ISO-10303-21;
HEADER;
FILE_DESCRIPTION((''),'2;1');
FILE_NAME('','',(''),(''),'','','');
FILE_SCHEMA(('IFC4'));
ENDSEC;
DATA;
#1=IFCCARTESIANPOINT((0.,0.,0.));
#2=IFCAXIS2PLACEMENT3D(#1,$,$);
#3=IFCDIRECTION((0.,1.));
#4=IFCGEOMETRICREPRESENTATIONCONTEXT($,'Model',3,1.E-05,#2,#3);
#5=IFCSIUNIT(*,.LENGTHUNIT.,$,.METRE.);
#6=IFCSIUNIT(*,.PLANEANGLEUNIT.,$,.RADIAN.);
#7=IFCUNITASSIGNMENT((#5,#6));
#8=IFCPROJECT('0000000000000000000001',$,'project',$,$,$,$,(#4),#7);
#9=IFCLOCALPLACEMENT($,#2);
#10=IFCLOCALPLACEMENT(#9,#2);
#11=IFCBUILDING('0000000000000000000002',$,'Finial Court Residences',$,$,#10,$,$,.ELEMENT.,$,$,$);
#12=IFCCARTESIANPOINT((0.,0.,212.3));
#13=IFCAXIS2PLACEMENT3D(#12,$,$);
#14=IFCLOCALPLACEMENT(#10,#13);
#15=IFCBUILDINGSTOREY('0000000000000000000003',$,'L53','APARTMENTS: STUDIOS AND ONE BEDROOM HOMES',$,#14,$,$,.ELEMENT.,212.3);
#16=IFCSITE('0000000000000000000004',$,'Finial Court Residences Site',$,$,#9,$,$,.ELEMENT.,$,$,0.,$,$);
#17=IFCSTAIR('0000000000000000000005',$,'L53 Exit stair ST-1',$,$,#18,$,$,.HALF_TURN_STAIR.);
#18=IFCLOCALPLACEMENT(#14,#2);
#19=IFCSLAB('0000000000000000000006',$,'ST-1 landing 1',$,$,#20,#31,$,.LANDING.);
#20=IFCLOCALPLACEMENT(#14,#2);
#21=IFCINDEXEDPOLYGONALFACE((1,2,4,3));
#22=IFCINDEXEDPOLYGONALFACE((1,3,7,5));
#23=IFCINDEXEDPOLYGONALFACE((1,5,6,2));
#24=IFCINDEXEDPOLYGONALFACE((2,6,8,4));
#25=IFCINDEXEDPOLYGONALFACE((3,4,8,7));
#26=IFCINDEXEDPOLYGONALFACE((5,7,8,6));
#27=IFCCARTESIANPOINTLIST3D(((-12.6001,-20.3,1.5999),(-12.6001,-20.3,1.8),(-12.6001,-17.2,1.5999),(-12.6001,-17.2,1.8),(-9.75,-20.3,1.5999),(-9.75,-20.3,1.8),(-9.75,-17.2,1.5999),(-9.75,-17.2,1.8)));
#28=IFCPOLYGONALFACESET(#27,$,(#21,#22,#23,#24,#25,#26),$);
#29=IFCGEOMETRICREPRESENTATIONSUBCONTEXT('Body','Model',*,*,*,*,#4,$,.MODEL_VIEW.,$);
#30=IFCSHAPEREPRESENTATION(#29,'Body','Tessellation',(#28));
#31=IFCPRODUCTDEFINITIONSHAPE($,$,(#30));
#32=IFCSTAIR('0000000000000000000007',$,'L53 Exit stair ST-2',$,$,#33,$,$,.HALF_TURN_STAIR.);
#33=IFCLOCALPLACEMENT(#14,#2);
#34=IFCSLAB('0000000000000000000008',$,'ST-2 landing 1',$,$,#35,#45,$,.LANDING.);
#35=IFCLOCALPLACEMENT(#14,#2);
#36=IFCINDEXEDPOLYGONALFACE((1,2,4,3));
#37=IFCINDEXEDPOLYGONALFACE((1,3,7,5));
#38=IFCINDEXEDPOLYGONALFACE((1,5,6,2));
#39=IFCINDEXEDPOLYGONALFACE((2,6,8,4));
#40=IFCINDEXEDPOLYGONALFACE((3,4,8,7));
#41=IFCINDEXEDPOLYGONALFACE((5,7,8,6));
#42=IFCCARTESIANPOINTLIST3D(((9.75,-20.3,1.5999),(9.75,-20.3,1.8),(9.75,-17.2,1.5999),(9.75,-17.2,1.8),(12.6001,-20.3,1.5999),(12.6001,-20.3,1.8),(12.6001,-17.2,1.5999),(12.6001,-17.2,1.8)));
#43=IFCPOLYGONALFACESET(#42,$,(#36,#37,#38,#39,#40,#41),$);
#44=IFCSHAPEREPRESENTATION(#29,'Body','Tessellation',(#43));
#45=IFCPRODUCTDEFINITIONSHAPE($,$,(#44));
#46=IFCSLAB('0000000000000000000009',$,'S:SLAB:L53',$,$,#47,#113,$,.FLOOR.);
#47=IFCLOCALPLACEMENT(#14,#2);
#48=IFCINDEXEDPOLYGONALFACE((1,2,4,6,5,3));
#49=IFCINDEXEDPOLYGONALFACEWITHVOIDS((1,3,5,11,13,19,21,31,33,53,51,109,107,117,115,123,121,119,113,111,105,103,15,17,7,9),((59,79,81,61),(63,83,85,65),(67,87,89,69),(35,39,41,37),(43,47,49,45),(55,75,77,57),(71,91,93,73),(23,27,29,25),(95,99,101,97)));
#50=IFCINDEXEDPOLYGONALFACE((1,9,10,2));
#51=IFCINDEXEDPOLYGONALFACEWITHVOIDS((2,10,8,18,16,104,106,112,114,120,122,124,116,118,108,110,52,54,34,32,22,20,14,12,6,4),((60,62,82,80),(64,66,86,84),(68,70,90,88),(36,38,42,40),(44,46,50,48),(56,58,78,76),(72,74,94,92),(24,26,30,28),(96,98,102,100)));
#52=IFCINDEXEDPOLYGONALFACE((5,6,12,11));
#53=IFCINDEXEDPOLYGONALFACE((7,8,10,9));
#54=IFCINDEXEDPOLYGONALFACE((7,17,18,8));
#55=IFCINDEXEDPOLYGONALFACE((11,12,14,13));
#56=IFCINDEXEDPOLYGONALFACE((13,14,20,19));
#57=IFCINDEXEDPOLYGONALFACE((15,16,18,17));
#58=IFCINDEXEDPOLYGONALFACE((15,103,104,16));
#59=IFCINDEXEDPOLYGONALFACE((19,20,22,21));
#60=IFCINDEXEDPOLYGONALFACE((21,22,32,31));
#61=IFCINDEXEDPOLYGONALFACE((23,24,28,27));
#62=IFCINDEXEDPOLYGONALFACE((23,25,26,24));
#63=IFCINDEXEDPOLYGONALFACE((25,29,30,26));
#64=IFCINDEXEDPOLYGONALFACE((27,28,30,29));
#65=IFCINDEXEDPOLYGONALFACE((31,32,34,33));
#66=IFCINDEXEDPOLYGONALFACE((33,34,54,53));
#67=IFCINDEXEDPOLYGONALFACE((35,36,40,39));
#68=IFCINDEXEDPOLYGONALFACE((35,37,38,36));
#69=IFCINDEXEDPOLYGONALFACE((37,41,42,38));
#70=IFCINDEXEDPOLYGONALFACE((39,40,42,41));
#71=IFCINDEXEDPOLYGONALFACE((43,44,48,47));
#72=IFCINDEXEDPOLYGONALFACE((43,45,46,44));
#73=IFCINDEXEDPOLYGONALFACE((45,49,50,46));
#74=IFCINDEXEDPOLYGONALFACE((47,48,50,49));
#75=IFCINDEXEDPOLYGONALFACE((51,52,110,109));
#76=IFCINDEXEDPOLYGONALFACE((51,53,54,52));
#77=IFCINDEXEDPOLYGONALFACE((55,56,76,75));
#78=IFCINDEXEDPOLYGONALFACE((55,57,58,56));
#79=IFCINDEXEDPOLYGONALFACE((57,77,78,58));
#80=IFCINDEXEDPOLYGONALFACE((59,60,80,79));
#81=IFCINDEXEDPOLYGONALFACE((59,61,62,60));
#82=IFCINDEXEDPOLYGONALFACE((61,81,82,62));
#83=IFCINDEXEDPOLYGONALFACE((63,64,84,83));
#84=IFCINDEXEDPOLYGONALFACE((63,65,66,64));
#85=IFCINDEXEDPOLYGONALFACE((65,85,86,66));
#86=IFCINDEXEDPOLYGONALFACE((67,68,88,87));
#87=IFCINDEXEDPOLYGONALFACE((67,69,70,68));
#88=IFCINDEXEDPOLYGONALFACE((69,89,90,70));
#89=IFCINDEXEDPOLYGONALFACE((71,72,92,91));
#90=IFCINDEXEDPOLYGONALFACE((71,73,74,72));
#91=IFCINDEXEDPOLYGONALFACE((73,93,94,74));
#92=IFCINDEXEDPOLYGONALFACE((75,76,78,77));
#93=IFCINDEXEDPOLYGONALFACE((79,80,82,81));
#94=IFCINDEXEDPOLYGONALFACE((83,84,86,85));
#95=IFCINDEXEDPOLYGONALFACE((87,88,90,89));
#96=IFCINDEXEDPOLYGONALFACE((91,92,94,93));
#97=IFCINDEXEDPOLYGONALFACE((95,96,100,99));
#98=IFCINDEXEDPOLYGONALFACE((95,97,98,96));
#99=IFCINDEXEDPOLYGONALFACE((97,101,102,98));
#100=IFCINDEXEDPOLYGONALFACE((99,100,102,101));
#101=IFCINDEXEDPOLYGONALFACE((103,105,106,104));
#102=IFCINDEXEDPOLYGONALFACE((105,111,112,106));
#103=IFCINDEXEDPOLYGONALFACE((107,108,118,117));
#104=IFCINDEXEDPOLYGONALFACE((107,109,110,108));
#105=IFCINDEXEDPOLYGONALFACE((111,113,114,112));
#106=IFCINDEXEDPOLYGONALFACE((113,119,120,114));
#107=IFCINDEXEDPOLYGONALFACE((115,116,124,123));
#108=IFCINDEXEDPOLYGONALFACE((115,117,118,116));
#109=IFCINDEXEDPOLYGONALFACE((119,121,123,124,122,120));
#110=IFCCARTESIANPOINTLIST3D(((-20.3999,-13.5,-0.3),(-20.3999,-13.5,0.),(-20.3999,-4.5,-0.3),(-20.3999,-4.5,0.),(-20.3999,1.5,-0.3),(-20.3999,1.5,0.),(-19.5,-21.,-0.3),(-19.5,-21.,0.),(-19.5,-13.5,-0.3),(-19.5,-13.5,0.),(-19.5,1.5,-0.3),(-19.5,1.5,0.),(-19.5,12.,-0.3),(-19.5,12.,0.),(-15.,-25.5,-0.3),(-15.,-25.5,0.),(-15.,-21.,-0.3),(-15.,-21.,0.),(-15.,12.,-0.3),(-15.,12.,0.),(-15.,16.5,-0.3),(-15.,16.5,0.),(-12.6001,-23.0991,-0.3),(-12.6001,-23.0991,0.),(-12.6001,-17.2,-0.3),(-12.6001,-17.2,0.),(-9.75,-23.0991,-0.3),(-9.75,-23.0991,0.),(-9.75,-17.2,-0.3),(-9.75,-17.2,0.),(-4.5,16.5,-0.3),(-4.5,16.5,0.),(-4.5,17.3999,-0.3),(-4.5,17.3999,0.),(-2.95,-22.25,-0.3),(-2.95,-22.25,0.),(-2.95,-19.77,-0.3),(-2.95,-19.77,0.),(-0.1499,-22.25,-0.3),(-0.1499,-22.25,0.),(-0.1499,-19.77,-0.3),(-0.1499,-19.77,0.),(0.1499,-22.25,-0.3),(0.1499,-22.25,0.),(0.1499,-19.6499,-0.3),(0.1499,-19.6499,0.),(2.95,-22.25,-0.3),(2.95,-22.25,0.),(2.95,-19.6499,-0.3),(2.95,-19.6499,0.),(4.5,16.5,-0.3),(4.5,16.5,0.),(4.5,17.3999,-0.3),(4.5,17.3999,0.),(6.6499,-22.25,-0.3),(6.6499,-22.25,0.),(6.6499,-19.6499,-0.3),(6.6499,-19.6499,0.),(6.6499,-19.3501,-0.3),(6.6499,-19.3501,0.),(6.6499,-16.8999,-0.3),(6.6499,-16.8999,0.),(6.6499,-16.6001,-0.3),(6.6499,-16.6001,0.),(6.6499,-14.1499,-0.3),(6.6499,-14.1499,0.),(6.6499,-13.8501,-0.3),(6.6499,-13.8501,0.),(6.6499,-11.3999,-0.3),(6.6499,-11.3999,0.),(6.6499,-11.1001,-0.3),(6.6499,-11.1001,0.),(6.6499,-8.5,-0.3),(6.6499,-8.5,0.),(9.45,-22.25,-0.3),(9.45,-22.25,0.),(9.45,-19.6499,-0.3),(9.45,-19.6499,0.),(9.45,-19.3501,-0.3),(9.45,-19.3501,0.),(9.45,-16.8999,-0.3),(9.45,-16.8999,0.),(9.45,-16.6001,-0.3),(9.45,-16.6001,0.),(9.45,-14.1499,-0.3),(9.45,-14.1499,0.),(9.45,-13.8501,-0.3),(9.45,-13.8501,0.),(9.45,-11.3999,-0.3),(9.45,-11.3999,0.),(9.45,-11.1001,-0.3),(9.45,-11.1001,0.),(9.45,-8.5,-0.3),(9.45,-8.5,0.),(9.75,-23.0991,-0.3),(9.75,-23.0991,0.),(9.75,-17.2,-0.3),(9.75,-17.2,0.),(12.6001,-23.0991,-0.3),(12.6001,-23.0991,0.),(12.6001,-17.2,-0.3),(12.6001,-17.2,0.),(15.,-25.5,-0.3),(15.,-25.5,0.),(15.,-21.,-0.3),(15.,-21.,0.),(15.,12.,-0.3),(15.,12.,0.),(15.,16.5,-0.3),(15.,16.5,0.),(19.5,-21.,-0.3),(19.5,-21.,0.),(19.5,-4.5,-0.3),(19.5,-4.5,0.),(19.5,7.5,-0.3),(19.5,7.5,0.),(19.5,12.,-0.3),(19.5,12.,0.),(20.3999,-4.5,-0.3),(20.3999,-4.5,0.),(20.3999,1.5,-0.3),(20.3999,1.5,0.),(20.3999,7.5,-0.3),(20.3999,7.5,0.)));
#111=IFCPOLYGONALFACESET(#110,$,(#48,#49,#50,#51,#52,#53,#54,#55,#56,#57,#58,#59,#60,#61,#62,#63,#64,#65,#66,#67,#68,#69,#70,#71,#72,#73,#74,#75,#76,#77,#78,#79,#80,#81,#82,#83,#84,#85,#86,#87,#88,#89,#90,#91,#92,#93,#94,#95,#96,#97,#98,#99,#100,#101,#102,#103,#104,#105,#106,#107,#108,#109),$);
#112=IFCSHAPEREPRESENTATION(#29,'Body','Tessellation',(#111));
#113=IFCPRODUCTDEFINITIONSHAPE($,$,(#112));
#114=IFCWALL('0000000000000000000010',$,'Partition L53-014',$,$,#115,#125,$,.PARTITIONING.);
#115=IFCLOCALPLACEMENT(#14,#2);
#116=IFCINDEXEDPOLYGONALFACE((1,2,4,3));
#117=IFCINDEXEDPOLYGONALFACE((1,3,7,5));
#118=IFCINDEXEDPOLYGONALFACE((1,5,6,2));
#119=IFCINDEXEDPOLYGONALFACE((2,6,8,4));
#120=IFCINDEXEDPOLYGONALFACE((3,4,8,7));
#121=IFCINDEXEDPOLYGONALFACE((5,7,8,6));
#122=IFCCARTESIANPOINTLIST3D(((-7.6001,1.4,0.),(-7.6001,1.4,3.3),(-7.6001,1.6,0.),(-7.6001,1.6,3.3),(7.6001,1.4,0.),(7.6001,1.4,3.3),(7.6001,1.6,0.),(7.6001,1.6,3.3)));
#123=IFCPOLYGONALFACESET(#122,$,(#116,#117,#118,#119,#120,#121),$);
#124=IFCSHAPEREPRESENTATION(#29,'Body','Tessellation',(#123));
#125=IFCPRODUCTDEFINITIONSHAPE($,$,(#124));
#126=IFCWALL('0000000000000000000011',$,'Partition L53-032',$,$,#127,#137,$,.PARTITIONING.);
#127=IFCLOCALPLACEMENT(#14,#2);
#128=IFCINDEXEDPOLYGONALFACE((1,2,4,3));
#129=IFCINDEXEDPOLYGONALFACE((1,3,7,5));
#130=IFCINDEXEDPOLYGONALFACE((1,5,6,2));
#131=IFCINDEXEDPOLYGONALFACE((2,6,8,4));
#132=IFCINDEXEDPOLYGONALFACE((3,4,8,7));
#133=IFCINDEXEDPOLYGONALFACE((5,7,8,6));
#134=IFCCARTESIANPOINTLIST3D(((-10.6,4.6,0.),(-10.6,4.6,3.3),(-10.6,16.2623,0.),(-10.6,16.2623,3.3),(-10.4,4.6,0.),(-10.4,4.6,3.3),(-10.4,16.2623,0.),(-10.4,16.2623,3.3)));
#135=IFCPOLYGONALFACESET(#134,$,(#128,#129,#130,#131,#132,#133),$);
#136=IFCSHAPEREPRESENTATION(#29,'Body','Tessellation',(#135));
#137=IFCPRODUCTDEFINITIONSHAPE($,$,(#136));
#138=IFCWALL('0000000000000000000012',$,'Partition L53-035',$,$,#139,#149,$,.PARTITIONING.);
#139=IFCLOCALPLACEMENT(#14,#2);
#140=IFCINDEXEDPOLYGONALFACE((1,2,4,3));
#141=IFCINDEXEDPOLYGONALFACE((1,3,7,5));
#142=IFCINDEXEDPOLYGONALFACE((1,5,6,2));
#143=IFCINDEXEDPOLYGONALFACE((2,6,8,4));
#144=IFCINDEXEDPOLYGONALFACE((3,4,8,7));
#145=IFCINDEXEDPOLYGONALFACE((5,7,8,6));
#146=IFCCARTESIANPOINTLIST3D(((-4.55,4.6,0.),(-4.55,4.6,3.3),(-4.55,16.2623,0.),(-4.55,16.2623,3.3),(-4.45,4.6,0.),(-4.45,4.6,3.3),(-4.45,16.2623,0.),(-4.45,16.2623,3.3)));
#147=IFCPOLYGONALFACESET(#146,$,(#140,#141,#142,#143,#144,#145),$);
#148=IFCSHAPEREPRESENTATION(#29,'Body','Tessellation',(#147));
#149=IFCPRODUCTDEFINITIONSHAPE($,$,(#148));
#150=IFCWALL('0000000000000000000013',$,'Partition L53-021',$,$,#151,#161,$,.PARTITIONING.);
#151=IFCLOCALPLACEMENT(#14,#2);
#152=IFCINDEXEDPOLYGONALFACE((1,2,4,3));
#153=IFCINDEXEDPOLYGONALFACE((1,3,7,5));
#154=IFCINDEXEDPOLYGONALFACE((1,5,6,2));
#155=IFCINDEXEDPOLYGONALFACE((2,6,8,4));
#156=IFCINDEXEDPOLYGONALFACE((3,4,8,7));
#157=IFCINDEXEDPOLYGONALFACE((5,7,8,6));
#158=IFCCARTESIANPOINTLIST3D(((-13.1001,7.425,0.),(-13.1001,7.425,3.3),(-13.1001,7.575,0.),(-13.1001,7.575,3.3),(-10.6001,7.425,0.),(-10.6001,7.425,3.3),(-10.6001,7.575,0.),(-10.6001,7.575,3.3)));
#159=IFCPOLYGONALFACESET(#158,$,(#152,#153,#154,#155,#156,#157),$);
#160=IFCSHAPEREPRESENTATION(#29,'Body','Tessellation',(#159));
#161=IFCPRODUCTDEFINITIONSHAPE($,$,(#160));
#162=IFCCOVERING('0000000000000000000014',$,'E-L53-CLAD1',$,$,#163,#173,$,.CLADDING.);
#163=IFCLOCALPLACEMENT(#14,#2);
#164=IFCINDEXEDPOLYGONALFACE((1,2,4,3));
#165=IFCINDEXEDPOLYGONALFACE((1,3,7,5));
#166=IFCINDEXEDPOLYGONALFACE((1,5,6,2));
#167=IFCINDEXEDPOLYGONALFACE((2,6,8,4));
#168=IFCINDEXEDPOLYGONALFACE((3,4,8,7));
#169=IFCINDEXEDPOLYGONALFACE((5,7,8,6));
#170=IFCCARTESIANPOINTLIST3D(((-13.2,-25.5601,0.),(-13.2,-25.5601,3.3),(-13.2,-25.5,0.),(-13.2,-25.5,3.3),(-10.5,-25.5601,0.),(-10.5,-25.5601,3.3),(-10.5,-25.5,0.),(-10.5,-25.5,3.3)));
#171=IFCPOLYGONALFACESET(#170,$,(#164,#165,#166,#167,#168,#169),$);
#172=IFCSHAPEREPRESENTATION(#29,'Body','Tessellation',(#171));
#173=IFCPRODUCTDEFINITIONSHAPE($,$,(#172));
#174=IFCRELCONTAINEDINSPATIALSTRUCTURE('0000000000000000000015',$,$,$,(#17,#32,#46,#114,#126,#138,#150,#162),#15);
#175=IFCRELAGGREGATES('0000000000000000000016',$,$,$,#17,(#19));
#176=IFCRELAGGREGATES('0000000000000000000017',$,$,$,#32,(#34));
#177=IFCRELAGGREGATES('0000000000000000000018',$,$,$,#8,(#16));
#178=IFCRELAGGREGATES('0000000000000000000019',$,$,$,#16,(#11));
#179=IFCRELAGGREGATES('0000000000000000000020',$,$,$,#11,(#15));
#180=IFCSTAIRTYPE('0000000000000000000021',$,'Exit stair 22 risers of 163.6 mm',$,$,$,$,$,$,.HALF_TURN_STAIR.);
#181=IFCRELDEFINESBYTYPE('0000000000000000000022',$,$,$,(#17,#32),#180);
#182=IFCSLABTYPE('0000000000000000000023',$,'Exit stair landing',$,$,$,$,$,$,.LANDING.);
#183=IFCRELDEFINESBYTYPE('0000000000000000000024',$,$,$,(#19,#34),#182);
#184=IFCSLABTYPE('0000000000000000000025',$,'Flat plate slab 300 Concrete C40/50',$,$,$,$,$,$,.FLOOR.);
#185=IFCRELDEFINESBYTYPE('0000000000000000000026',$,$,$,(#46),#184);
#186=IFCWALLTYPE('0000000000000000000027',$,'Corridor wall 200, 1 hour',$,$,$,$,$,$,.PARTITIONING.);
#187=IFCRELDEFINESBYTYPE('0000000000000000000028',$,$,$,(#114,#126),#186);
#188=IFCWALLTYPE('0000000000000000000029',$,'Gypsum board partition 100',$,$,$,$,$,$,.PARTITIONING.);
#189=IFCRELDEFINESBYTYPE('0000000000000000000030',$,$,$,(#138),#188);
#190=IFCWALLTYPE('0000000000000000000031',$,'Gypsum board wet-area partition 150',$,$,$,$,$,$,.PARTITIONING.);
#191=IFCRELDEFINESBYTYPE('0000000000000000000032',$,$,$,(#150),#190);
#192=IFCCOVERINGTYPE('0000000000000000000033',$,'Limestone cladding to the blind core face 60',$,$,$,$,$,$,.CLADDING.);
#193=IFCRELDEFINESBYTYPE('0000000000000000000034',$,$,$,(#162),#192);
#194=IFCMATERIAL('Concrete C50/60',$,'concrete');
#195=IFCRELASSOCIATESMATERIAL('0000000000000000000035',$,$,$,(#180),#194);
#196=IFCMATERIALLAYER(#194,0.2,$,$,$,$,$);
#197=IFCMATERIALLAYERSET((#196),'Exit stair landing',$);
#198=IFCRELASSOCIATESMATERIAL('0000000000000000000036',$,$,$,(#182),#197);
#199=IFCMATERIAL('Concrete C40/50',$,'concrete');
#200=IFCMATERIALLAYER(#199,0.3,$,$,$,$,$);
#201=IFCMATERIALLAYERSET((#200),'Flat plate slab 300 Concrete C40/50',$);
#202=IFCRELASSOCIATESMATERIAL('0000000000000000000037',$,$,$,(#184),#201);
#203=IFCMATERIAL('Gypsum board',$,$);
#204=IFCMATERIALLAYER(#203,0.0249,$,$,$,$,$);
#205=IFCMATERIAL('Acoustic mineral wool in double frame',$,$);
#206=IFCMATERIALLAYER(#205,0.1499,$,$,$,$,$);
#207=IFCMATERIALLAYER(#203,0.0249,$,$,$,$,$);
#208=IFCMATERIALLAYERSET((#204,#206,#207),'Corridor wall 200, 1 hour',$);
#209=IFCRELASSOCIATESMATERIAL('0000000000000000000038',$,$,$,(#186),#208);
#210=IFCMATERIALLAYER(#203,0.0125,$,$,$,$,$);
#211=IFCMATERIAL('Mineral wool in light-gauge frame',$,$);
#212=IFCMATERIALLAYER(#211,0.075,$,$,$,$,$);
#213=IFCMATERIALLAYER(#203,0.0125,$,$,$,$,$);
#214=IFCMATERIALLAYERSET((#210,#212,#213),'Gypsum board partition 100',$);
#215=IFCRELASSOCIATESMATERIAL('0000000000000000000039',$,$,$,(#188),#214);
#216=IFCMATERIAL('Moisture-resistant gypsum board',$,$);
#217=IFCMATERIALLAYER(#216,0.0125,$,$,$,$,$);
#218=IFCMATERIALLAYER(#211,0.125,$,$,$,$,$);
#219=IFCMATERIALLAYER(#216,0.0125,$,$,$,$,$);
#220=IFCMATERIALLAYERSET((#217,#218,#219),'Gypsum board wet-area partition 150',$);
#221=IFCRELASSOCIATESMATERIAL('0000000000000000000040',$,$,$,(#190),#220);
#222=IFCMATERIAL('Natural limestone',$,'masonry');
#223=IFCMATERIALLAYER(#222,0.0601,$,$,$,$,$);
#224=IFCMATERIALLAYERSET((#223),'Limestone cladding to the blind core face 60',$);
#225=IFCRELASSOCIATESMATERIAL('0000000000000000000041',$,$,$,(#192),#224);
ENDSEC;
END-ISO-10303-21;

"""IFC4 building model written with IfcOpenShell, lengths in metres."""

from ifc_helpers import new_model, si_unit, direction, frame, frame_2d, origin, place, context, subcontext, project, spatial, polyline, rectangle, outline, extrude, material, layer, layer_set, type_object, element, aggregate, save


model = new_model("IFC4")

# Units and contexts
model_context = context("Model", 3, precision=1e-05, world=origin(), true_north=direction((0.0, 1.0)))
body_context = subcontext(model_context, "Body", "Model", "MODEL_VIEW")
ifc_project = project(units=[si_unit("LENGTHUNIT", "METRE"), si_unit("PLANEANGLEUNIT", "RADIAN")], contexts=[model_context])

# Site, building, storey
site_placement = place(None, origin())
site = spatial("IfcSite", under=ifc_project, at=site_placement, Name="Finial Court Residences Site", CompositionType="ELEMENT", RefElevation=0.0)
building_placement = place(site_placement, origin())
building = spatial("IfcBuilding", under=site, at=building_placement, Name="Finial Court Residences", CompositionType="ELEMENT")
storey_placement = place(building_placement, frame((0.0, 0.0, 212.3)))
storey = spatial("IfcBuildingStorey", under=building, at=storey_placement, Name="L53", Description="APARTMENTS: STUDIOS AND ONE BEDROOM HOMES", CompositionType="ELEMENT", Elevation=212.3)

# Shared definitions
ifc_material_1 = material(Name="Concrete C50/60", Category="concrete")

# Stairs, slabs
stair_type = type_object("IfcStairType", Name="Exit stair 22 risers of 163.6 mm", PredefinedType="HALF_TURN_STAIR", material=ifc_material_1)
stair_1_placement = place(storey_placement, origin())
stair_1 = element("IfcStair", 1, at=stair_1_placement, inside=storey, type_object=stair_type, Name="L53 Exit stair ST-1", PredefinedType="HALF_TURN_STAIR")
ifc_layer_1 = layer(ifc_material_1, 0.2)
ifc_layer_set_1 = layer_set([ifc_layer_1], Name="Exit stair landing")
slab_type_1 = type_object("IfcSlabType", Name="Exit stair landing", PredefinedType="LANDING", material=ifc_layer_set_1)
slab_1_placement = place(storey_placement, frame((0.0, 0.0, 1.5999)))
slab_1 = element("IfcSlab", 2, at=slab_1_placement, type_object=slab_type_1, Name="ST-1 landing 1", PredefinedType="LANDING", context=body_context, shape_type="SweptSolid", body=[
    extrude(outline(polyline([(-9.75, -20.3), (-9.75, -17.2), (-12.6001, -17.2), (-12.6001, -20.3), (-9.75, -20.3)])), origin(), (0.0, 0.0, 1.0), 0.2002),
])
aggregate(stair_1, [slab_1])
stair_2_placement = place(storey_placement, origin())
stair_2 = element("IfcStair", 3, at=stair_2_placement, inside=storey, type_object=stair_type, Name="L53 Exit stair ST-2", PredefinedType="HALF_TURN_STAIR")
slab_2_placement = place(storey_placement, frame((0.0, 0.0, 1.5999)))
slab_2 = element("IfcSlab", 4, at=slab_2_placement, type_object=slab_type_1, Name="ST-2 landing 1", PredefinedType="LANDING", context=body_context, shape_type="SweptSolid", body=[
    extrude(outline(polyline([(12.6001, -20.3), (12.6001, -17.2), (9.75, -17.2), (9.75, -20.3), (12.6001, -20.3)])), origin(), (0.0, 0.0, 1.0), 0.2002),
])
aggregate(stair_2, [slab_2])

# Slab
ifc_material_2 = material(Name="Concrete C40/50", Category="concrete")
ifc_layer_2 = layer(ifc_material_2, 0.3)
ifc_layer_set_2 = layer_set([ifc_layer_2], Name="Flat plate slab 300 Concrete C40/50")
slab_type_2 = type_object("IfcSlabType", Name="Flat plate slab 300 Concrete C40/50", PredefinedType="FLOOR", material=ifc_layer_set_2)
slab_3_placement = place(storey_placement, frame((0.0, 0.0, -0.3)))
element("IfcSlab", 5, at=slab_3_placement, inside=storey, type_object=slab_type_2, Name="S:SLAB:L53", PredefinedType="FLOOR", context=body_context, shape_type="SweptSolid", body=[
    extrude(outline(polyline([(-20.3999, -13.5), (-20.3999, -4.5), (-20.3999, 1.5), (-19.5, 1.5), (-19.5, 12.0), (-15.0, 12.0), (-15.0, 16.5), (-4.5, 16.5), (-4.5, 17.3999), (4.5, 17.3999), (4.5, 16.5), (15.0, 16.5), (15.0, 12.0), (19.5, 12.0), (19.5, 7.5), (20.3999, 7.5), (20.3999, 1.5), (20.3999, -4.5), (19.5, -4.5), (19.5, -21.0), (15.0, -21.0), (15.0, -25.5), (-15.0, -25.5), (-15.0, -21.0), (-19.5, -21.0), (-19.5, -13.5), (-20.3999, -13.5)]), holes=[polyline([(-0.1499, -19.77), (-2.95, -19.77), (-2.95, -22.25), (-0.1499, -22.25), (-0.1499, -19.77)]), polyline([(2.95, -19.6499), (0.1499, -19.6499), (0.1499, -22.25), (2.95, -22.25), (2.95, -19.6499)]), polyline([(9.45, -19.6499), (6.6499, -19.6499), (6.6499, -22.25), (9.45, -22.25), (9.45, -19.6499)]), polyline([(-12.6001, -17.2), (-12.6001, -23.0991), (-9.75, -23.0991), (-9.75, -17.2), (-12.6001, -17.2)]), polyline([(9.75, -17.2), (9.75, -23.0991), (12.6001, -23.0991), (12.6001, -17.2), (9.75, -17.2)]), polyline([(9.45, -16.8999), (6.6499, -16.8999), (6.6499, -19.3501), (9.45, -19.3501), (9.45, -16.8999)]), polyline([(9.45, -14.1499), (6.6499, -14.1499), (6.6499, -16.6001), (9.45, -16.6001), (9.45, -14.1499)]), polyline([(9.45, -13.8501), (9.45, -11.3999), (6.6499, -11.3999), (6.6499, -13.8501), (9.45, -13.8501)]), polyline([(9.45, -11.1001), (9.45, -8.5), (6.6499, -8.5), (6.6499, -11.1001), (9.45, -11.1001)])]), origin(), (0.0, 0.0, 1.0), 0.3),
])

# Walls
ifc_material_3 = material(Name="Gypsum board")
ifc_layer_3 = layer(ifc_material_3, 0.0249)
ifc_material_4 = material(Name="Acoustic mineral wool in double frame")
ifc_layer_4 = layer(ifc_material_4, 0.1499)
ifc_layer_5 = layer(ifc_material_3, 0.0249)
ifc_layer_set_3 = layer_set([ifc_layer_3, ifc_layer_4, ifc_layer_5], Name="Corridor wall 200, 1 hour")
wall_type_1 = type_object("IfcWallType", Name="Corridor wall 200, 1 hour", PredefinedType="PARTITIONING", material=ifc_layer_set_3)
wall_1_placement = place(storey_placement, frame((-7.6001, 1.5, 0.0), z_axis=(0.0, 0.0, 1.0), x_axis=(1.0, 0.0, 0.0)))
element("IfcWall", 6, at=wall_1_placement, inside=storey, type_object=wall_type_1, Name="Partition L53-014", PredefinedType="PARTITIONING", context=body_context, shape_type="SweptSolid", body=[
    extrude(rectangle(XDim=15.2002, YDim=0.2, at=frame_2d((7.6001, 0.0))), origin(), (0.0, 0.0, 1.0), 3.3),
])
wall_2_placement = place(storey_placement, frame((-10.5, 4.6001, 0.0), z_axis=(0.0, 0.0, 1.0), x_axis=(0.0, 1.0, 0.0)))
element("IfcWall", 7, at=wall_2_placement, inside=storey, type_object=wall_type_1, Name="Partition L53-032", PredefinedType="PARTITIONING", context=body_context, shape_type="SweptSolid", body=[
    extrude(rectangle(XDim=11.6624, YDim=0.2, at=frame_2d((5.8311, 0.0))), origin(), (0.0, 0.0, 1.0), 3.3),
])
ifc_layer_6 = layer(ifc_material_3, 0.0125)
ifc_material_5 = material(Name="Mineral wool in light-gauge frame")
ifc_layer_7 = layer(ifc_material_5, 0.075)
ifc_layer_8 = layer(ifc_material_3, 0.0125)
ifc_layer_set_4 = layer_set([ifc_layer_6, ifc_layer_7, ifc_layer_8], Name="Gypsum board partition 100")
wall_type_2 = type_object("IfcWallType", Name="Gypsum board partition 100", PredefinedType="PARTITIONING", material=ifc_layer_set_4)
wall_3_placement = place(storey_placement, frame((-4.5, 4.6001, 0.0), z_axis=(0.0, 0.0, 1.0), x_axis=(0.0, 1.0, 0.0)))
element("IfcWall", 8, at=wall_3_placement, inside=storey, type_object=wall_type_2, Name="Partition L53-035", PredefinedType="PARTITIONING", context=body_context, shape_type="SweptSolid", body=[
    extrude(rectangle(XDim=11.6624, YDim=0.1001, at=frame_2d((5.8311, 0.0))), origin(), (0.0, 0.0, 1.0), 3.3),
])
ifc_material_6 = material(Name="Moisture-resistant gypsum board")
ifc_layer_9 = layer(ifc_material_6, 0.0125)
ifc_layer_10 = layer(ifc_material_5, 0.125)
ifc_layer_11 = layer(ifc_material_6, 0.0125)
ifc_layer_set_5 = layer_set([ifc_layer_9, ifc_layer_10, ifc_layer_11], Name="Gypsum board wet-area partition 150")
wall_type_3 = type_object("IfcWallType", Name="Gypsum board wet-area partition 150", PredefinedType="PARTITIONING", material=ifc_layer_set_5)
wall_4_placement = place(storey_placement, frame((-13.1001, 7.5, 0.0), z_axis=(0.0, 0.0, 1.0), x_axis=(1.0, 0.0, 0.0)))
element("IfcWall", 9, at=wall_4_placement, inside=storey, type_object=wall_type_3, Name="Partition L53-021", PredefinedType="PARTITIONING", context=body_context, shape_type="SweptSolid", body=[
    extrude(rectangle(XDim=2.5, YDim=0.1499, at=frame_2d((1.25, 0.0))), origin(), (0.0, 0.0, 1.0), 3.3),
])

# Covering
ifc_material_7 = material(Name="Natural limestone", Category="masonry")
ifc_layer_12 = layer(ifc_material_7, 0.0601)
ifc_layer_set_6 = layer_set([ifc_layer_12], Name="Limestone cladding to the blind core face 60")
covering_type_1 = type_object("IfcCoveringType", Name="Limestone cladding to the blind core face 60", PredefinedType="CLADDING", material=ifc_layer_set_6)
covering_1_placement = place(storey_placement, origin())
element("IfcCovering", 10, at=covering_1_placement, inside=storey, type_object=covering_type_1, Name="E-L53-CLAD1", PredefinedType="CLADDING", context=body_context, shape_type="SweptSolid", body=[
    extrude(outline(polyline([(-10.5, -25.5601), (-10.5, -25.5), (-13.2, -25.5), (-13.2, -25.5601), (-10.5, -25.5601)])), origin(), (0.0, 0.0, 1.0), 3.3),
])

save(model, "model.ifc")
